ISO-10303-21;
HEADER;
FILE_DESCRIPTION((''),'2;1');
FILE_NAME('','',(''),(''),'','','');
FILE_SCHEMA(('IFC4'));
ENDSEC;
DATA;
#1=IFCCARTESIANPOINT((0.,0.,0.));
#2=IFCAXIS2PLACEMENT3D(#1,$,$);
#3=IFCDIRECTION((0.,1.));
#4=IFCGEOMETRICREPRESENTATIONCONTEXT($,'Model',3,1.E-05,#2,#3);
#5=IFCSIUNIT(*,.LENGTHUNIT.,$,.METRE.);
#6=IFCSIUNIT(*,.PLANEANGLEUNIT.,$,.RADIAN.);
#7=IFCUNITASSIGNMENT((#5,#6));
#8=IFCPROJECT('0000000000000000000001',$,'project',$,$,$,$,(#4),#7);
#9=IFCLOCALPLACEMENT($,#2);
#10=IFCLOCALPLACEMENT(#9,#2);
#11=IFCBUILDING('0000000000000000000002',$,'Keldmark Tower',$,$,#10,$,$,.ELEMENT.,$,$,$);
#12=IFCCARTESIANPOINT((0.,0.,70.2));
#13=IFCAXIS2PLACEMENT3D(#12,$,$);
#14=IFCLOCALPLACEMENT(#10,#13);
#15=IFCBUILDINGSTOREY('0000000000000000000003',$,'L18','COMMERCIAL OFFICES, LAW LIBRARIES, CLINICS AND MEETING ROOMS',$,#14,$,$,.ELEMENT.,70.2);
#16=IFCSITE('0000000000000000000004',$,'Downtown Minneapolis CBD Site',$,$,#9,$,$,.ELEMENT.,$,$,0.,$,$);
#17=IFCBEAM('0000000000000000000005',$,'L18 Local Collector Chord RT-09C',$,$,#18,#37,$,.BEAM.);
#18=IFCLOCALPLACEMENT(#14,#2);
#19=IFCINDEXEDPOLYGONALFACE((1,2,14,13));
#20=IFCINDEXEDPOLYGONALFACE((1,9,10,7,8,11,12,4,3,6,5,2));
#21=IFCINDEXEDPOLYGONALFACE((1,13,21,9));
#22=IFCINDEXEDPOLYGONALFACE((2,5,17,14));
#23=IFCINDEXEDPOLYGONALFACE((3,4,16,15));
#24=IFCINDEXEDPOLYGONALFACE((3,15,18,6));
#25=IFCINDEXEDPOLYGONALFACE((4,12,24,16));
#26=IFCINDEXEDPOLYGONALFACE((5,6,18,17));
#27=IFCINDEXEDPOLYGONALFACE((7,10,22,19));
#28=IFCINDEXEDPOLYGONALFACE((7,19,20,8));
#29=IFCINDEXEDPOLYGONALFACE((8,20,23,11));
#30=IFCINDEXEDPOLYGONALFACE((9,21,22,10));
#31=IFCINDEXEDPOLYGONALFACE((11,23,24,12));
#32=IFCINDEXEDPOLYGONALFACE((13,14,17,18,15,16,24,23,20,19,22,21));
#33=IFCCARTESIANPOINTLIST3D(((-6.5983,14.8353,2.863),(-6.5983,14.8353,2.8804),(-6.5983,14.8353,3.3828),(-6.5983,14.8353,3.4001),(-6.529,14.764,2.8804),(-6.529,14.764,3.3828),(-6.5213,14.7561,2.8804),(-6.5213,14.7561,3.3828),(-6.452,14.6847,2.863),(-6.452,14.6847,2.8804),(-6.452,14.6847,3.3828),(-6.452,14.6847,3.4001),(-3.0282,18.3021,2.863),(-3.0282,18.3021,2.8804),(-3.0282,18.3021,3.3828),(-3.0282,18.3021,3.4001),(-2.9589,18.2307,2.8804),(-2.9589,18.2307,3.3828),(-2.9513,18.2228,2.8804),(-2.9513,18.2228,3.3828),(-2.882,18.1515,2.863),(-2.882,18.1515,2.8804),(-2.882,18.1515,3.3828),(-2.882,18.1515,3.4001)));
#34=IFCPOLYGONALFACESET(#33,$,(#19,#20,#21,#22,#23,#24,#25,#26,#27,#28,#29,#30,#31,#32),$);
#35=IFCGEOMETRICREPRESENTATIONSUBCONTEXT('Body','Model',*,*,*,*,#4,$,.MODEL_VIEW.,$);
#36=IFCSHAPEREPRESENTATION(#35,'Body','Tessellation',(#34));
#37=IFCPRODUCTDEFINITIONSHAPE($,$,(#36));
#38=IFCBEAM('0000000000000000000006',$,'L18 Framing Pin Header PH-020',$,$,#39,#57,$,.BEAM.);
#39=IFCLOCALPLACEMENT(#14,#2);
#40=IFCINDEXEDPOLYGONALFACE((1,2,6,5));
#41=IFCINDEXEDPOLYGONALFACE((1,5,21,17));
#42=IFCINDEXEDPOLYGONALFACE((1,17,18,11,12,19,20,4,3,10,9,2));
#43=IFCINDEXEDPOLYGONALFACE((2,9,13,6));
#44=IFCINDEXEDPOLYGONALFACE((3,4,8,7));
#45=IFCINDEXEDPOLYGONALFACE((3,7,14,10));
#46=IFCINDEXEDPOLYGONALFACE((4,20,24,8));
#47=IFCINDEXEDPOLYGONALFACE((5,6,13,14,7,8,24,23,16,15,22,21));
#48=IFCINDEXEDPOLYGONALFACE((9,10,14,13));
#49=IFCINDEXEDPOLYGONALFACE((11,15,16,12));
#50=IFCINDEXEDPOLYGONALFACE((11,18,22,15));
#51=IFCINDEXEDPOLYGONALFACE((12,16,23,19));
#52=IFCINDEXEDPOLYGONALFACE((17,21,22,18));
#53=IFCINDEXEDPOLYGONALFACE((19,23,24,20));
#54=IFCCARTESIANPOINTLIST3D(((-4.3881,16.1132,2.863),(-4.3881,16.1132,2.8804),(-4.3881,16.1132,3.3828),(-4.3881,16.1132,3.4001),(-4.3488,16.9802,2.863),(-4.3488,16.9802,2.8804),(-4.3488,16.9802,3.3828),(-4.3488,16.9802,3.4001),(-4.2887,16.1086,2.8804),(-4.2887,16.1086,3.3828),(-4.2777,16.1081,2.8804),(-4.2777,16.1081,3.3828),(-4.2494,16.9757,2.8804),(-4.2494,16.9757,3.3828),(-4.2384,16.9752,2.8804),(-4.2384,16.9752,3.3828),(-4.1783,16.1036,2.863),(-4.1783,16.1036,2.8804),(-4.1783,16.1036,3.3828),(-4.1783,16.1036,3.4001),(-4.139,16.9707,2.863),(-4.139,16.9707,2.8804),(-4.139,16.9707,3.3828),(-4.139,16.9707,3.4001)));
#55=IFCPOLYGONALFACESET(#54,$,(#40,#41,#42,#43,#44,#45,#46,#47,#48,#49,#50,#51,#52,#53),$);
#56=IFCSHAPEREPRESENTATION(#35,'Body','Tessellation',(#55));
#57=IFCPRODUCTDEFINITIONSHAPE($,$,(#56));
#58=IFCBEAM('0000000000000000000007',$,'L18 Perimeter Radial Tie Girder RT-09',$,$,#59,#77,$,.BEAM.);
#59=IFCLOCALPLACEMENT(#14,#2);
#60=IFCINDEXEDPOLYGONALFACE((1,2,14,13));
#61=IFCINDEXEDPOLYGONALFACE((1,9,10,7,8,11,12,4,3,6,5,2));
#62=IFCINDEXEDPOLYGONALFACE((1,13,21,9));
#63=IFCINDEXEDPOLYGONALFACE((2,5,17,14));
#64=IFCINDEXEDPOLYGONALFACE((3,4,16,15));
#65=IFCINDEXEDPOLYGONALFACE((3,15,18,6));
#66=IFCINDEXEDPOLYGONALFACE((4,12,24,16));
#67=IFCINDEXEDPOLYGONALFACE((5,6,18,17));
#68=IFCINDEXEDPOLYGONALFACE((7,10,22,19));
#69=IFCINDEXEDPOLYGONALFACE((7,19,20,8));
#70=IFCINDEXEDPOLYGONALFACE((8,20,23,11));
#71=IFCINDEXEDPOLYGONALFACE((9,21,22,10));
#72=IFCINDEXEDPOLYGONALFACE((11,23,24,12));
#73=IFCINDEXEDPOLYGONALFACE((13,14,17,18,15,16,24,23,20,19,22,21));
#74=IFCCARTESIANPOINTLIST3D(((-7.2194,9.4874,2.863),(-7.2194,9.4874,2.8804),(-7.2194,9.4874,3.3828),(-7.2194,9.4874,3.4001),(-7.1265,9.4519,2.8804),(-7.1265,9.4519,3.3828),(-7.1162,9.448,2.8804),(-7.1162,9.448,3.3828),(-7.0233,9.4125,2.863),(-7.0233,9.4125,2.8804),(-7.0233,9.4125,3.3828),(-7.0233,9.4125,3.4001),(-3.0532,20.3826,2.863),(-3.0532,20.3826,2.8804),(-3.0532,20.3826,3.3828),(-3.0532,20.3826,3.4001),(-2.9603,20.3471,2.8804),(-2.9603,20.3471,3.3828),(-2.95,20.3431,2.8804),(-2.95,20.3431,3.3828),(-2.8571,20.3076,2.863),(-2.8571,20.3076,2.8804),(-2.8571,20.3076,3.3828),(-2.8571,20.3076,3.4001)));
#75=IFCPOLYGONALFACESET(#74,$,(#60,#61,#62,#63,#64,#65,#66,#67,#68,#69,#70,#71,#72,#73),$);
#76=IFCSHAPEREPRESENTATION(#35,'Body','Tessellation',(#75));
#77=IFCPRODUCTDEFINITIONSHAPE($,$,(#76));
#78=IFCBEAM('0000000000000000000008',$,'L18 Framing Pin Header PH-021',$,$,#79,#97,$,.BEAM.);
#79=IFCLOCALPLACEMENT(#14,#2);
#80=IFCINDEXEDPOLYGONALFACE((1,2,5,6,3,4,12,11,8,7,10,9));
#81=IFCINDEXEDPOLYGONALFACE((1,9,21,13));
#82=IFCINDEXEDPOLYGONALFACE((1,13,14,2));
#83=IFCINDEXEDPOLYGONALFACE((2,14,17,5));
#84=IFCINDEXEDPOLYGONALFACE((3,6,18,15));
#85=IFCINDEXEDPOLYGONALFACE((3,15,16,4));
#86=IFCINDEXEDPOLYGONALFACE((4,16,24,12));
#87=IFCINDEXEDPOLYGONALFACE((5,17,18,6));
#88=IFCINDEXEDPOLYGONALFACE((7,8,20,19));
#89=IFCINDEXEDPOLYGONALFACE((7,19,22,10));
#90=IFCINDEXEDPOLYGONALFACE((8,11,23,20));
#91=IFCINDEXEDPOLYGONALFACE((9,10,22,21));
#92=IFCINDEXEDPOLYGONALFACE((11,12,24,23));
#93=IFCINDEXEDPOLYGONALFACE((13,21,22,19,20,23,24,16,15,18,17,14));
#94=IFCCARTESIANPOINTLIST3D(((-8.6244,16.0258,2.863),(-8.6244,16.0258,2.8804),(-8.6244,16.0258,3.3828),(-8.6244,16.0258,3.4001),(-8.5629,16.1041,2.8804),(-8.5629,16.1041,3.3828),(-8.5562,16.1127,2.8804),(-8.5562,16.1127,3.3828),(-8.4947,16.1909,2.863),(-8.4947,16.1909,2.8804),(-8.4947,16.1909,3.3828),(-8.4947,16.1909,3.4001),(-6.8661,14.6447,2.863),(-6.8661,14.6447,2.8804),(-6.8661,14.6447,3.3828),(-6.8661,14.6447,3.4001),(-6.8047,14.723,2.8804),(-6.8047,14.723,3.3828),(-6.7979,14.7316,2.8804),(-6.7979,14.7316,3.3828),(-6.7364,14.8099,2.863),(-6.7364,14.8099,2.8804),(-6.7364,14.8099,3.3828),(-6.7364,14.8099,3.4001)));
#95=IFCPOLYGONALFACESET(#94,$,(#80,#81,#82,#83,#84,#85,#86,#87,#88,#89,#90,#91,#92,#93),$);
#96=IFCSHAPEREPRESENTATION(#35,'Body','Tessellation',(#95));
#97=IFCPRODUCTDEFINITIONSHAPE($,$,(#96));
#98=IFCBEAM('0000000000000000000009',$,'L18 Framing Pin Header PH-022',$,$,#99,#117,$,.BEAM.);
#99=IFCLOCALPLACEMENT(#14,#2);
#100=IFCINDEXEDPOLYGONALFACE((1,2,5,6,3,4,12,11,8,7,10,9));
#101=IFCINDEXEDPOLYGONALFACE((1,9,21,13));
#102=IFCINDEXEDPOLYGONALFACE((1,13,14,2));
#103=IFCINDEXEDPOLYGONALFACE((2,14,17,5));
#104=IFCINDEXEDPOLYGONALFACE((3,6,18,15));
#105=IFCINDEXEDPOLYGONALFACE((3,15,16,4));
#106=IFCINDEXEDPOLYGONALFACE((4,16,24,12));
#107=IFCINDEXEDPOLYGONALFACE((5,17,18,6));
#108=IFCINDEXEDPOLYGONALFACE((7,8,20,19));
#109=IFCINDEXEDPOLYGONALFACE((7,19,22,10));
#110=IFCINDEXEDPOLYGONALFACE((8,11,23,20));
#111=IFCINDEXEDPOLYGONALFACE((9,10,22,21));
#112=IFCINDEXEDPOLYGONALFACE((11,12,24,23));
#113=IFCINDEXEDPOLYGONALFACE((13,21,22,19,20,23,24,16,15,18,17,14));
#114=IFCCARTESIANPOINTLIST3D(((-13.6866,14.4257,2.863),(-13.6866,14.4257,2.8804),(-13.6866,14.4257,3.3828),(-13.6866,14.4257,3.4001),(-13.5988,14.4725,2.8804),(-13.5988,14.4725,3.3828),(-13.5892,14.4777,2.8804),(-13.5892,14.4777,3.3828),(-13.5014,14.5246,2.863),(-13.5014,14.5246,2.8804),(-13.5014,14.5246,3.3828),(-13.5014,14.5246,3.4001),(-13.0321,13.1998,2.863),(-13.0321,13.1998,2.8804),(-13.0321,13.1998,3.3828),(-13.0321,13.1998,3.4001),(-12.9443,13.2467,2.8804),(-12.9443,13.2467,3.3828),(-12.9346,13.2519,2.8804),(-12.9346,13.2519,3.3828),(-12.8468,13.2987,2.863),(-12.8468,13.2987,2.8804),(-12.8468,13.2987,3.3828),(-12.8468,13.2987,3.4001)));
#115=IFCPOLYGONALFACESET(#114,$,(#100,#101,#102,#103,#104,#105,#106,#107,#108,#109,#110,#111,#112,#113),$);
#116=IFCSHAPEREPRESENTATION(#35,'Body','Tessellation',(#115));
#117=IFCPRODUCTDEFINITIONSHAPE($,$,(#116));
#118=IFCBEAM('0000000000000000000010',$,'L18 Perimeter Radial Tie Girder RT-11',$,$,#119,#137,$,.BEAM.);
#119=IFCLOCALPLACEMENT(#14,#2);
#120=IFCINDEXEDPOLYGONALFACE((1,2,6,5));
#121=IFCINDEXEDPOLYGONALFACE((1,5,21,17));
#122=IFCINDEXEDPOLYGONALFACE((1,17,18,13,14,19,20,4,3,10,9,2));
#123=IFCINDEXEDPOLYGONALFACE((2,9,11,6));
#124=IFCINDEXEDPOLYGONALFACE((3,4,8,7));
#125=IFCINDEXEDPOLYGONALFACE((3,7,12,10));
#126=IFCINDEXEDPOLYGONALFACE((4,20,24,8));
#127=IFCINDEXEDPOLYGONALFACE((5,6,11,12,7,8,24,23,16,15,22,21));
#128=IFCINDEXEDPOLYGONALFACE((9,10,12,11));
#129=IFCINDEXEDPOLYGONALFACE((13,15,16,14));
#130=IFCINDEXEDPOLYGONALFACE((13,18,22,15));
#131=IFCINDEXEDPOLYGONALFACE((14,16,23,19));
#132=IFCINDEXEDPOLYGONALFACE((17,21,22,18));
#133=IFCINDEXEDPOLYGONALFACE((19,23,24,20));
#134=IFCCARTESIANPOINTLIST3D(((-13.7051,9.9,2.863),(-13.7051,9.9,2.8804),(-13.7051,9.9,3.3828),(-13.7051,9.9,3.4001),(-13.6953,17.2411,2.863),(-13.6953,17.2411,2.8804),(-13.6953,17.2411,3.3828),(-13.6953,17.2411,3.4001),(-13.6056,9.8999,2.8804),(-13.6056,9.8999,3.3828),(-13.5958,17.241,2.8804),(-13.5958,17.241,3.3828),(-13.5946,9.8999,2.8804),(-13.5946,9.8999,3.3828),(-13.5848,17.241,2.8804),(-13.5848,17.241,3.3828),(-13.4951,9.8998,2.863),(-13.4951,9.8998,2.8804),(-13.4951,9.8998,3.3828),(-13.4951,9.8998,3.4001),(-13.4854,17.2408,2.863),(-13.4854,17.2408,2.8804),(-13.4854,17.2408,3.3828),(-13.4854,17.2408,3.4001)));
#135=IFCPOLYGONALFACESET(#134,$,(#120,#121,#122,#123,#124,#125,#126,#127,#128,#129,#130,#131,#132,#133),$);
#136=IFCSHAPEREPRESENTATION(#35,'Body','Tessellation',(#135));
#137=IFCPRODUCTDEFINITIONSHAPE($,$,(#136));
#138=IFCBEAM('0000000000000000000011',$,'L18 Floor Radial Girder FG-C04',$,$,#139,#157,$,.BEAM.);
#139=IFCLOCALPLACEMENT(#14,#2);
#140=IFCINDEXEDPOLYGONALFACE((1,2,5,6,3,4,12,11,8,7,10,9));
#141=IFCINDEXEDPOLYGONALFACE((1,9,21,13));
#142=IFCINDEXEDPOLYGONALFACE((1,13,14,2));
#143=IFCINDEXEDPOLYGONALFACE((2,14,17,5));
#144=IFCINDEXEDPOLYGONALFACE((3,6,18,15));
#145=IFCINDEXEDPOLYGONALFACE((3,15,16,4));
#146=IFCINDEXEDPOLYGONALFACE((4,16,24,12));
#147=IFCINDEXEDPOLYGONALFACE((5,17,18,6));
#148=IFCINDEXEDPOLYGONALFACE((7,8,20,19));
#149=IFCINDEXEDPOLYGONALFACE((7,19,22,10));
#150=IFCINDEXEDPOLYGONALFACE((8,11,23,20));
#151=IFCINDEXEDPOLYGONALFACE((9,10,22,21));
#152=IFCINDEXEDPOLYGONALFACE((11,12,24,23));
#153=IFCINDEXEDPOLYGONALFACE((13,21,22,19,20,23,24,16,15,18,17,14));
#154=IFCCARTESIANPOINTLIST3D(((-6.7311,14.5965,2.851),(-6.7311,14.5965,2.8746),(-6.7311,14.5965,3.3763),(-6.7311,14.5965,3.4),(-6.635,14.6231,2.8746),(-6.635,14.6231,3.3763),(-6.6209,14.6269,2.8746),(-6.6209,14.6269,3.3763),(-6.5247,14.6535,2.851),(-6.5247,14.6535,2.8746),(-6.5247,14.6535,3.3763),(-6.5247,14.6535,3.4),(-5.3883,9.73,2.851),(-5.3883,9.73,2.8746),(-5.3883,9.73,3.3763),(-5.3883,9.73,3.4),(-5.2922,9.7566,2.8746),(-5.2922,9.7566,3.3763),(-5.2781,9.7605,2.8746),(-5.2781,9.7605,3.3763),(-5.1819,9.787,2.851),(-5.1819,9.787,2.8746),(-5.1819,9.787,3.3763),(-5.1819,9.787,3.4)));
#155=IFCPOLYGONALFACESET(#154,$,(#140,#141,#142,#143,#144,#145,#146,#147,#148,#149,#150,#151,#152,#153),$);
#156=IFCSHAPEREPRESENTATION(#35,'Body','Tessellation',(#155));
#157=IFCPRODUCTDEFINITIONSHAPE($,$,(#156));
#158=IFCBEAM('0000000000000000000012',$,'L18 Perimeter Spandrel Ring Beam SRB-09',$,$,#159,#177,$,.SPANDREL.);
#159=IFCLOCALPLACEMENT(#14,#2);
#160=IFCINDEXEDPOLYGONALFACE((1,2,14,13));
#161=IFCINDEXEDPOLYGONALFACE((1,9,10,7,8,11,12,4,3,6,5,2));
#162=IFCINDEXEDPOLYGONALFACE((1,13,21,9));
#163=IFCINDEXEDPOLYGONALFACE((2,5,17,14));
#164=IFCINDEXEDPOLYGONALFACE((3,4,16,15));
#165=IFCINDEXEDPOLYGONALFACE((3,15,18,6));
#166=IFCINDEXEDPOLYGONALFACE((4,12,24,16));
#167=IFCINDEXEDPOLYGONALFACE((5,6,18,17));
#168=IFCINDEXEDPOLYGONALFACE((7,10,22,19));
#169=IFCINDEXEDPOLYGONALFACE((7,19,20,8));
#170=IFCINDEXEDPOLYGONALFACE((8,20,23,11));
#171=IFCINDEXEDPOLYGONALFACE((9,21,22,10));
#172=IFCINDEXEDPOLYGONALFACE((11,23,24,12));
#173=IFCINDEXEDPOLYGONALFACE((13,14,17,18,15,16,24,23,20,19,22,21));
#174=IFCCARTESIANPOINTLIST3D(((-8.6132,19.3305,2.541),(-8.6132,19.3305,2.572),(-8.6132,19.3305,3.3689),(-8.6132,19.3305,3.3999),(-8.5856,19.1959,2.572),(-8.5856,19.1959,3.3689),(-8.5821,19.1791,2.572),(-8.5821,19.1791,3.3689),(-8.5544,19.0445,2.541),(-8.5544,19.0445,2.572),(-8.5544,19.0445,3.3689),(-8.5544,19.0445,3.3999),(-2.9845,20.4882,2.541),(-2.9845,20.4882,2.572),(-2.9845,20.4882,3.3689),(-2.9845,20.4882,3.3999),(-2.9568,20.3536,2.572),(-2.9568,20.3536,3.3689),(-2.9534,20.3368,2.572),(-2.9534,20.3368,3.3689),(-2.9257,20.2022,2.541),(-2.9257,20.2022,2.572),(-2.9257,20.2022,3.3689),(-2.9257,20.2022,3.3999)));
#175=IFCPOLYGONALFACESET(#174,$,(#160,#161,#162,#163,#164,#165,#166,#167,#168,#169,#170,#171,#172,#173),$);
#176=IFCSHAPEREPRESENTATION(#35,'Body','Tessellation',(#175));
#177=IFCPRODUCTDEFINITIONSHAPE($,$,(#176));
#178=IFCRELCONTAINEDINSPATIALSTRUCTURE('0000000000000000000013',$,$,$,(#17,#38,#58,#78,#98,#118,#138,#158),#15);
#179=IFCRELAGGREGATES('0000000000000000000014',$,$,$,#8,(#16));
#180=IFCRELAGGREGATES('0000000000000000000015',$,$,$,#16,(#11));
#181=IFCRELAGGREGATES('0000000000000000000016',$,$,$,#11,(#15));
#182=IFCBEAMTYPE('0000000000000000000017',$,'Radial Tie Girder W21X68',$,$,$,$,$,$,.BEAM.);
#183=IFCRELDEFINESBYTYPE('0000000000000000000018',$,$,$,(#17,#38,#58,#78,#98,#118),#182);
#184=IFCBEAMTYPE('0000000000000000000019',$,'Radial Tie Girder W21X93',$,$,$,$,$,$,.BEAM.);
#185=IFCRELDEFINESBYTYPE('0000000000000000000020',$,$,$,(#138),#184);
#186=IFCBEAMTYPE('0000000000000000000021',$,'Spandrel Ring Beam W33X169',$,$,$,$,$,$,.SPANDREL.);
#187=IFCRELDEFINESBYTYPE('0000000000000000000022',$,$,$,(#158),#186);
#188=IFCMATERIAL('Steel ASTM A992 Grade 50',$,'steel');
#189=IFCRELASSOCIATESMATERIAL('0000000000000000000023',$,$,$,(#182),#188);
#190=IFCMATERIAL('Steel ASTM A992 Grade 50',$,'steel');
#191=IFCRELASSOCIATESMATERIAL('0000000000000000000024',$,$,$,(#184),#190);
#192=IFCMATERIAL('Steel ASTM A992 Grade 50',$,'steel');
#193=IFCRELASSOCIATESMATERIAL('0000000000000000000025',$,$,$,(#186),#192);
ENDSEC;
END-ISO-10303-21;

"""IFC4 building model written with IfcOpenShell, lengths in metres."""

from ifc_helpers import new_model, si_unit, direction, frame, origin, origin_2d, place, context, subcontext, project, spatial, i_section, extrude, material, material_profile, profile_set, type_object, element, save


model = new_model("IFC4")

# Units and contexts
model_context = context("Model", 3, precision=1e-05, world=origin(), true_north=direction((0.0, 1.0)))
body_context = subcontext(model_context, "Body", "Model", "MODEL_VIEW")
ifc_project = project(units=[si_unit("LENGTHUNIT", "METRE"), si_unit("PLANEANGLEUNIT", "RADIAN")], contexts=[model_context])

# Site, building, storey
site_placement = place(None, origin())
site = spatial("IfcSite", under=ifc_project, at=site_placement, Name="Downtown Minneapolis CBD Site", CompositionType="ELEMENT", RefElevation=0.0)
building_placement = place(site_placement, origin())
building = spatial("IfcBuilding", under=site, at=building_placement, Name="Keldmark Tower", CompositionType="ELEMENT")
storey_placement = place(building_placement, frame((0.0, 0.0, 70.2)))
storey = spatial("IfcBuildingStorey", under=building, at=storey_placement, Name="L18", Description="COMMERCIAL OFFICES, LAW LIBRARIES, CLINICS AND MEETING ROOMS", CompositionType="ELEMENT", Elevation=70.2)

# Beams
ifc_material_1 = material(Name="Steel ASTM A992 Grade 50", Category="steel")
ifc_material_profile_1 = material_profile(ifc_material_1, i_section(OverallWidth=0.21, OverallDepth=0.5371, WebThickness=0.011, FlangeThickness=0.0173, at=origin_2d()), Name="W21X68")
ifc_profile_set_1 = profile_set([ifc_material_profile_1], Name="Steel ASTM A992 Grade 50")
beam_type_1 = type_object("IfcBeamType", Name="Radial Tie Girder W21X68", PredefinedType="BEAM", material=ifc_profile_set_1)
beam_1_placement = place(storey_placement, frame((-6.5251, 14.76, 3.1316), z_axis=(0.717407, 0.696654, 0.0), x_axis=(-0.696654, 0.717407, 0.0)))
element("IfcBeam", 1, at=beam_1_placement, inside=storey, type_object=beam_type_1, Name="L18 Local Collector Chord RT-09C", PredefinedType="BEAM", context=body_context, shape_type="SweptSolid", body=[
    extrude(i_section(OverallWidth=0.21, OverallDepth=0.5371, WebThickness=0.011, FlangeThickness=0.0173, at=origin_2d()), origin(), (0.0, 0.0, 1.0), 4.9763),
])
beam_2_placement = place(storey_placement, frame((-4.2832, 16.1084, 3.1316), z_axis=(0.045293, 0.998974, 0.0), x_axis=(-0.998974, 0.045293, 0.0)))
element("IfcBeam", 2, at=beam_2_placement, inside=storey, type_object=beam_type_1, Name="L18 Framing Pin Header PH-020", PredefinedType="BEAM", context=body_context, shape_type="SweptSolid", body=[
    extrude(i_section(OverallWidth=0.21, OverallDepth=0.5371, WebThickness=0.011, FlangeThickness=0.0173, at=origin_2d()), origin(), (0.0, 0.0, 1.0), 0.8679),
])
beam_3_placement = place(storey_placement, frame((-7.1213, 9.45, 3.1316), z_axis=(0.357169, 0.93404, 0.0), x_axis=(-0.93404, 0.357169, 0.0)))
element("IfcBeam", 3, at=beam_3_placement, inside=storey, type_object=beam_type_1, Name="L18 Perimeter Radial Tie Girder RT-09", PredefinedType="BEAM", context=body_context, shape_type="SweptSolid", body=[
    extrude(i_section(OverallWidth=0.21, OverallDepth=0.5371, WebThickness=0.011, FlangeThickness=0.0173, at=origin_2d()), origin(), (0.0, 0.0, 1.0), 11.6646),
])
beam_4_placement = place(storey_placement, frame((-6.8013, 14.7273, 3.1316), z_axis=(-0.786409, 0.617706, 0.0), x_axis=(-0.617706, -0.786409, 0.0)))
element("IfcBeam", 4, at=beam_4_placement, inside=storey, type_object=beam_type_1, Name="L18 Framing Pin Header PH-021", PredefinedType="BEAM", context=body_context, shape_type="SweptSolid", body=[
    extrude(i_section(OverallWidth=0.21, OverallDepth=0.5371, WebThickness=0.011, FlangeThickness=0.0173, at=origin_2d()), origin(), (0.0, 0.0, 1.0), 2.2358),
])
beam_5_placement = place(storey_placement, frame((-12.9395, 13.2493, 3.1316), z_axis=(-0.471017, 0.882124, 0.0), x_axis=(-0.882124, -0.471017, 0.0)))
element("IfcBeam", 5, at=beam_5_placement, inside=storey, type_object=beam_type_1, Name="L18 Framing Pin Header PH-022", PredefinedType="BEAM", context=body_context, shape_type="SweptSolid", body=[
    extrude(i_section(OverallWidth=0.21, OverallDepth=0.5371, WebThickness=0.011, FlangeThickness=0.0173, at=origin_2d()), origin(), (0.0, 0.0, 1.0), 1.3896),
])
beam_6_placement = place(storey_placement, frame((-13.6001, 9.8999, 3.1316), z_axis=(0.00133, 0.999999, 0.0), x_axis=(-0.999999, 0.00133, 0.0)))
element("IfcBeam", 6, at=beam_6_placement, inside=storey, type_object=beam_type_1, Name="L18 Perimeter Radial Tie Girder RT-11", PredefinedType="BEAM", context=body_context, shape_type="SweptSolid", body=[
    extrude(i_section(OverallWidth=0.21, OverallDepth=0.5371, WebThickness=0.011, FlangeThickness=0.0173, at=origin_2d()), origin(), (0.0, 0.0, 1.0), 7.3411),
])
ifc_material_2 = material(Name="Steel ASTM A992 Grade 50", Category="steel")
ifc_material_profile_2 = material_profile(ifc_material_2, i_section(OverallWidth=0.2141, OverallDepth=0.5491, WebThickness=0.0146, FlangeThickness=0.0237, at=origin_2d()), Name="W21X93")
ifc_profile_set_2 = profile_set([ifc_material_profile_2], Name="Steel ASTM A992 Grade 50")
beam_type_2 = type_object("IfcBeamType", Name="Radial Tie Girder W21X93", PredefinedType="BEAM", material=ifc_profile_set_2)
beam_7_placement = place(storey_placement, frame((-6.6279, 14.625, 3.1255), z_axis=(0.265985, -0.963977, 0.0), x_axis=(0.963977, 0.265985, 0.0)))
element("IfcBeam", 7, at=beam_7_placement, inside=storey, type_object=beam_type_2, Name="L18 Floor Radial Girder FG-C04", PredefinedType="BEAM", context=body_context, shape_type="SweptSolid", body=[
    extrude(i_section(OverallWidth=0.2141, OverallDepth=0.5491, WebThickness=0.0146, FlangeThickness=0.0237, at=origin_2d()), origin(), (0.0, 0.0, 1.0), 5.0483),
])
ifc_material_3 = material(Name="Steel ASTM A992 Grade 50", Category="steel")
ifc_material_profile_3 = material_profile(ifc_material_3, i_section(OverallWidth=0.292, OverallDepth=0.8589, WebThickness=0.0171, FlangeThickness=0.031, at=origin_2d()), Name="W33X169")
ifc_profile_set_3 = profile_set([ifc_material_profile_3], Name="Steel ASTM A992 Grade 50")
beam_type_3 = type_object("IfcBeamType", Name="Spandrel Ring Beam W33X169", PredefinedType="SPANDREL", material=ifc_profile_set_3)
beam_8_placement = place(storey_placement, frame((-2.9551, 20.3452, 2.9705), z_axis=(-0.979496, -0.201465, 0.0), x_axis=(0.201465, -0.979496, 0.0)))
element("IfcBeam", 8, at=beam_8_placement, inside=storey, type_object=beam_type_3, Name="L18 Perimeter Spandrel Ring Beam SRB-09", PredefinedType="SPANDREL", context=body_context, shape_type="SweptSolid", body=[
    extrude(i_section(OverallWidth=0.292, OverallDepth=0.8589, WebThickness=0.0171, FlangeThickness=0.031, at=origin_2d()), origin(), (0.0, 0.0, 1.0), 5.7466),
])

save(model, "model.ifc")
